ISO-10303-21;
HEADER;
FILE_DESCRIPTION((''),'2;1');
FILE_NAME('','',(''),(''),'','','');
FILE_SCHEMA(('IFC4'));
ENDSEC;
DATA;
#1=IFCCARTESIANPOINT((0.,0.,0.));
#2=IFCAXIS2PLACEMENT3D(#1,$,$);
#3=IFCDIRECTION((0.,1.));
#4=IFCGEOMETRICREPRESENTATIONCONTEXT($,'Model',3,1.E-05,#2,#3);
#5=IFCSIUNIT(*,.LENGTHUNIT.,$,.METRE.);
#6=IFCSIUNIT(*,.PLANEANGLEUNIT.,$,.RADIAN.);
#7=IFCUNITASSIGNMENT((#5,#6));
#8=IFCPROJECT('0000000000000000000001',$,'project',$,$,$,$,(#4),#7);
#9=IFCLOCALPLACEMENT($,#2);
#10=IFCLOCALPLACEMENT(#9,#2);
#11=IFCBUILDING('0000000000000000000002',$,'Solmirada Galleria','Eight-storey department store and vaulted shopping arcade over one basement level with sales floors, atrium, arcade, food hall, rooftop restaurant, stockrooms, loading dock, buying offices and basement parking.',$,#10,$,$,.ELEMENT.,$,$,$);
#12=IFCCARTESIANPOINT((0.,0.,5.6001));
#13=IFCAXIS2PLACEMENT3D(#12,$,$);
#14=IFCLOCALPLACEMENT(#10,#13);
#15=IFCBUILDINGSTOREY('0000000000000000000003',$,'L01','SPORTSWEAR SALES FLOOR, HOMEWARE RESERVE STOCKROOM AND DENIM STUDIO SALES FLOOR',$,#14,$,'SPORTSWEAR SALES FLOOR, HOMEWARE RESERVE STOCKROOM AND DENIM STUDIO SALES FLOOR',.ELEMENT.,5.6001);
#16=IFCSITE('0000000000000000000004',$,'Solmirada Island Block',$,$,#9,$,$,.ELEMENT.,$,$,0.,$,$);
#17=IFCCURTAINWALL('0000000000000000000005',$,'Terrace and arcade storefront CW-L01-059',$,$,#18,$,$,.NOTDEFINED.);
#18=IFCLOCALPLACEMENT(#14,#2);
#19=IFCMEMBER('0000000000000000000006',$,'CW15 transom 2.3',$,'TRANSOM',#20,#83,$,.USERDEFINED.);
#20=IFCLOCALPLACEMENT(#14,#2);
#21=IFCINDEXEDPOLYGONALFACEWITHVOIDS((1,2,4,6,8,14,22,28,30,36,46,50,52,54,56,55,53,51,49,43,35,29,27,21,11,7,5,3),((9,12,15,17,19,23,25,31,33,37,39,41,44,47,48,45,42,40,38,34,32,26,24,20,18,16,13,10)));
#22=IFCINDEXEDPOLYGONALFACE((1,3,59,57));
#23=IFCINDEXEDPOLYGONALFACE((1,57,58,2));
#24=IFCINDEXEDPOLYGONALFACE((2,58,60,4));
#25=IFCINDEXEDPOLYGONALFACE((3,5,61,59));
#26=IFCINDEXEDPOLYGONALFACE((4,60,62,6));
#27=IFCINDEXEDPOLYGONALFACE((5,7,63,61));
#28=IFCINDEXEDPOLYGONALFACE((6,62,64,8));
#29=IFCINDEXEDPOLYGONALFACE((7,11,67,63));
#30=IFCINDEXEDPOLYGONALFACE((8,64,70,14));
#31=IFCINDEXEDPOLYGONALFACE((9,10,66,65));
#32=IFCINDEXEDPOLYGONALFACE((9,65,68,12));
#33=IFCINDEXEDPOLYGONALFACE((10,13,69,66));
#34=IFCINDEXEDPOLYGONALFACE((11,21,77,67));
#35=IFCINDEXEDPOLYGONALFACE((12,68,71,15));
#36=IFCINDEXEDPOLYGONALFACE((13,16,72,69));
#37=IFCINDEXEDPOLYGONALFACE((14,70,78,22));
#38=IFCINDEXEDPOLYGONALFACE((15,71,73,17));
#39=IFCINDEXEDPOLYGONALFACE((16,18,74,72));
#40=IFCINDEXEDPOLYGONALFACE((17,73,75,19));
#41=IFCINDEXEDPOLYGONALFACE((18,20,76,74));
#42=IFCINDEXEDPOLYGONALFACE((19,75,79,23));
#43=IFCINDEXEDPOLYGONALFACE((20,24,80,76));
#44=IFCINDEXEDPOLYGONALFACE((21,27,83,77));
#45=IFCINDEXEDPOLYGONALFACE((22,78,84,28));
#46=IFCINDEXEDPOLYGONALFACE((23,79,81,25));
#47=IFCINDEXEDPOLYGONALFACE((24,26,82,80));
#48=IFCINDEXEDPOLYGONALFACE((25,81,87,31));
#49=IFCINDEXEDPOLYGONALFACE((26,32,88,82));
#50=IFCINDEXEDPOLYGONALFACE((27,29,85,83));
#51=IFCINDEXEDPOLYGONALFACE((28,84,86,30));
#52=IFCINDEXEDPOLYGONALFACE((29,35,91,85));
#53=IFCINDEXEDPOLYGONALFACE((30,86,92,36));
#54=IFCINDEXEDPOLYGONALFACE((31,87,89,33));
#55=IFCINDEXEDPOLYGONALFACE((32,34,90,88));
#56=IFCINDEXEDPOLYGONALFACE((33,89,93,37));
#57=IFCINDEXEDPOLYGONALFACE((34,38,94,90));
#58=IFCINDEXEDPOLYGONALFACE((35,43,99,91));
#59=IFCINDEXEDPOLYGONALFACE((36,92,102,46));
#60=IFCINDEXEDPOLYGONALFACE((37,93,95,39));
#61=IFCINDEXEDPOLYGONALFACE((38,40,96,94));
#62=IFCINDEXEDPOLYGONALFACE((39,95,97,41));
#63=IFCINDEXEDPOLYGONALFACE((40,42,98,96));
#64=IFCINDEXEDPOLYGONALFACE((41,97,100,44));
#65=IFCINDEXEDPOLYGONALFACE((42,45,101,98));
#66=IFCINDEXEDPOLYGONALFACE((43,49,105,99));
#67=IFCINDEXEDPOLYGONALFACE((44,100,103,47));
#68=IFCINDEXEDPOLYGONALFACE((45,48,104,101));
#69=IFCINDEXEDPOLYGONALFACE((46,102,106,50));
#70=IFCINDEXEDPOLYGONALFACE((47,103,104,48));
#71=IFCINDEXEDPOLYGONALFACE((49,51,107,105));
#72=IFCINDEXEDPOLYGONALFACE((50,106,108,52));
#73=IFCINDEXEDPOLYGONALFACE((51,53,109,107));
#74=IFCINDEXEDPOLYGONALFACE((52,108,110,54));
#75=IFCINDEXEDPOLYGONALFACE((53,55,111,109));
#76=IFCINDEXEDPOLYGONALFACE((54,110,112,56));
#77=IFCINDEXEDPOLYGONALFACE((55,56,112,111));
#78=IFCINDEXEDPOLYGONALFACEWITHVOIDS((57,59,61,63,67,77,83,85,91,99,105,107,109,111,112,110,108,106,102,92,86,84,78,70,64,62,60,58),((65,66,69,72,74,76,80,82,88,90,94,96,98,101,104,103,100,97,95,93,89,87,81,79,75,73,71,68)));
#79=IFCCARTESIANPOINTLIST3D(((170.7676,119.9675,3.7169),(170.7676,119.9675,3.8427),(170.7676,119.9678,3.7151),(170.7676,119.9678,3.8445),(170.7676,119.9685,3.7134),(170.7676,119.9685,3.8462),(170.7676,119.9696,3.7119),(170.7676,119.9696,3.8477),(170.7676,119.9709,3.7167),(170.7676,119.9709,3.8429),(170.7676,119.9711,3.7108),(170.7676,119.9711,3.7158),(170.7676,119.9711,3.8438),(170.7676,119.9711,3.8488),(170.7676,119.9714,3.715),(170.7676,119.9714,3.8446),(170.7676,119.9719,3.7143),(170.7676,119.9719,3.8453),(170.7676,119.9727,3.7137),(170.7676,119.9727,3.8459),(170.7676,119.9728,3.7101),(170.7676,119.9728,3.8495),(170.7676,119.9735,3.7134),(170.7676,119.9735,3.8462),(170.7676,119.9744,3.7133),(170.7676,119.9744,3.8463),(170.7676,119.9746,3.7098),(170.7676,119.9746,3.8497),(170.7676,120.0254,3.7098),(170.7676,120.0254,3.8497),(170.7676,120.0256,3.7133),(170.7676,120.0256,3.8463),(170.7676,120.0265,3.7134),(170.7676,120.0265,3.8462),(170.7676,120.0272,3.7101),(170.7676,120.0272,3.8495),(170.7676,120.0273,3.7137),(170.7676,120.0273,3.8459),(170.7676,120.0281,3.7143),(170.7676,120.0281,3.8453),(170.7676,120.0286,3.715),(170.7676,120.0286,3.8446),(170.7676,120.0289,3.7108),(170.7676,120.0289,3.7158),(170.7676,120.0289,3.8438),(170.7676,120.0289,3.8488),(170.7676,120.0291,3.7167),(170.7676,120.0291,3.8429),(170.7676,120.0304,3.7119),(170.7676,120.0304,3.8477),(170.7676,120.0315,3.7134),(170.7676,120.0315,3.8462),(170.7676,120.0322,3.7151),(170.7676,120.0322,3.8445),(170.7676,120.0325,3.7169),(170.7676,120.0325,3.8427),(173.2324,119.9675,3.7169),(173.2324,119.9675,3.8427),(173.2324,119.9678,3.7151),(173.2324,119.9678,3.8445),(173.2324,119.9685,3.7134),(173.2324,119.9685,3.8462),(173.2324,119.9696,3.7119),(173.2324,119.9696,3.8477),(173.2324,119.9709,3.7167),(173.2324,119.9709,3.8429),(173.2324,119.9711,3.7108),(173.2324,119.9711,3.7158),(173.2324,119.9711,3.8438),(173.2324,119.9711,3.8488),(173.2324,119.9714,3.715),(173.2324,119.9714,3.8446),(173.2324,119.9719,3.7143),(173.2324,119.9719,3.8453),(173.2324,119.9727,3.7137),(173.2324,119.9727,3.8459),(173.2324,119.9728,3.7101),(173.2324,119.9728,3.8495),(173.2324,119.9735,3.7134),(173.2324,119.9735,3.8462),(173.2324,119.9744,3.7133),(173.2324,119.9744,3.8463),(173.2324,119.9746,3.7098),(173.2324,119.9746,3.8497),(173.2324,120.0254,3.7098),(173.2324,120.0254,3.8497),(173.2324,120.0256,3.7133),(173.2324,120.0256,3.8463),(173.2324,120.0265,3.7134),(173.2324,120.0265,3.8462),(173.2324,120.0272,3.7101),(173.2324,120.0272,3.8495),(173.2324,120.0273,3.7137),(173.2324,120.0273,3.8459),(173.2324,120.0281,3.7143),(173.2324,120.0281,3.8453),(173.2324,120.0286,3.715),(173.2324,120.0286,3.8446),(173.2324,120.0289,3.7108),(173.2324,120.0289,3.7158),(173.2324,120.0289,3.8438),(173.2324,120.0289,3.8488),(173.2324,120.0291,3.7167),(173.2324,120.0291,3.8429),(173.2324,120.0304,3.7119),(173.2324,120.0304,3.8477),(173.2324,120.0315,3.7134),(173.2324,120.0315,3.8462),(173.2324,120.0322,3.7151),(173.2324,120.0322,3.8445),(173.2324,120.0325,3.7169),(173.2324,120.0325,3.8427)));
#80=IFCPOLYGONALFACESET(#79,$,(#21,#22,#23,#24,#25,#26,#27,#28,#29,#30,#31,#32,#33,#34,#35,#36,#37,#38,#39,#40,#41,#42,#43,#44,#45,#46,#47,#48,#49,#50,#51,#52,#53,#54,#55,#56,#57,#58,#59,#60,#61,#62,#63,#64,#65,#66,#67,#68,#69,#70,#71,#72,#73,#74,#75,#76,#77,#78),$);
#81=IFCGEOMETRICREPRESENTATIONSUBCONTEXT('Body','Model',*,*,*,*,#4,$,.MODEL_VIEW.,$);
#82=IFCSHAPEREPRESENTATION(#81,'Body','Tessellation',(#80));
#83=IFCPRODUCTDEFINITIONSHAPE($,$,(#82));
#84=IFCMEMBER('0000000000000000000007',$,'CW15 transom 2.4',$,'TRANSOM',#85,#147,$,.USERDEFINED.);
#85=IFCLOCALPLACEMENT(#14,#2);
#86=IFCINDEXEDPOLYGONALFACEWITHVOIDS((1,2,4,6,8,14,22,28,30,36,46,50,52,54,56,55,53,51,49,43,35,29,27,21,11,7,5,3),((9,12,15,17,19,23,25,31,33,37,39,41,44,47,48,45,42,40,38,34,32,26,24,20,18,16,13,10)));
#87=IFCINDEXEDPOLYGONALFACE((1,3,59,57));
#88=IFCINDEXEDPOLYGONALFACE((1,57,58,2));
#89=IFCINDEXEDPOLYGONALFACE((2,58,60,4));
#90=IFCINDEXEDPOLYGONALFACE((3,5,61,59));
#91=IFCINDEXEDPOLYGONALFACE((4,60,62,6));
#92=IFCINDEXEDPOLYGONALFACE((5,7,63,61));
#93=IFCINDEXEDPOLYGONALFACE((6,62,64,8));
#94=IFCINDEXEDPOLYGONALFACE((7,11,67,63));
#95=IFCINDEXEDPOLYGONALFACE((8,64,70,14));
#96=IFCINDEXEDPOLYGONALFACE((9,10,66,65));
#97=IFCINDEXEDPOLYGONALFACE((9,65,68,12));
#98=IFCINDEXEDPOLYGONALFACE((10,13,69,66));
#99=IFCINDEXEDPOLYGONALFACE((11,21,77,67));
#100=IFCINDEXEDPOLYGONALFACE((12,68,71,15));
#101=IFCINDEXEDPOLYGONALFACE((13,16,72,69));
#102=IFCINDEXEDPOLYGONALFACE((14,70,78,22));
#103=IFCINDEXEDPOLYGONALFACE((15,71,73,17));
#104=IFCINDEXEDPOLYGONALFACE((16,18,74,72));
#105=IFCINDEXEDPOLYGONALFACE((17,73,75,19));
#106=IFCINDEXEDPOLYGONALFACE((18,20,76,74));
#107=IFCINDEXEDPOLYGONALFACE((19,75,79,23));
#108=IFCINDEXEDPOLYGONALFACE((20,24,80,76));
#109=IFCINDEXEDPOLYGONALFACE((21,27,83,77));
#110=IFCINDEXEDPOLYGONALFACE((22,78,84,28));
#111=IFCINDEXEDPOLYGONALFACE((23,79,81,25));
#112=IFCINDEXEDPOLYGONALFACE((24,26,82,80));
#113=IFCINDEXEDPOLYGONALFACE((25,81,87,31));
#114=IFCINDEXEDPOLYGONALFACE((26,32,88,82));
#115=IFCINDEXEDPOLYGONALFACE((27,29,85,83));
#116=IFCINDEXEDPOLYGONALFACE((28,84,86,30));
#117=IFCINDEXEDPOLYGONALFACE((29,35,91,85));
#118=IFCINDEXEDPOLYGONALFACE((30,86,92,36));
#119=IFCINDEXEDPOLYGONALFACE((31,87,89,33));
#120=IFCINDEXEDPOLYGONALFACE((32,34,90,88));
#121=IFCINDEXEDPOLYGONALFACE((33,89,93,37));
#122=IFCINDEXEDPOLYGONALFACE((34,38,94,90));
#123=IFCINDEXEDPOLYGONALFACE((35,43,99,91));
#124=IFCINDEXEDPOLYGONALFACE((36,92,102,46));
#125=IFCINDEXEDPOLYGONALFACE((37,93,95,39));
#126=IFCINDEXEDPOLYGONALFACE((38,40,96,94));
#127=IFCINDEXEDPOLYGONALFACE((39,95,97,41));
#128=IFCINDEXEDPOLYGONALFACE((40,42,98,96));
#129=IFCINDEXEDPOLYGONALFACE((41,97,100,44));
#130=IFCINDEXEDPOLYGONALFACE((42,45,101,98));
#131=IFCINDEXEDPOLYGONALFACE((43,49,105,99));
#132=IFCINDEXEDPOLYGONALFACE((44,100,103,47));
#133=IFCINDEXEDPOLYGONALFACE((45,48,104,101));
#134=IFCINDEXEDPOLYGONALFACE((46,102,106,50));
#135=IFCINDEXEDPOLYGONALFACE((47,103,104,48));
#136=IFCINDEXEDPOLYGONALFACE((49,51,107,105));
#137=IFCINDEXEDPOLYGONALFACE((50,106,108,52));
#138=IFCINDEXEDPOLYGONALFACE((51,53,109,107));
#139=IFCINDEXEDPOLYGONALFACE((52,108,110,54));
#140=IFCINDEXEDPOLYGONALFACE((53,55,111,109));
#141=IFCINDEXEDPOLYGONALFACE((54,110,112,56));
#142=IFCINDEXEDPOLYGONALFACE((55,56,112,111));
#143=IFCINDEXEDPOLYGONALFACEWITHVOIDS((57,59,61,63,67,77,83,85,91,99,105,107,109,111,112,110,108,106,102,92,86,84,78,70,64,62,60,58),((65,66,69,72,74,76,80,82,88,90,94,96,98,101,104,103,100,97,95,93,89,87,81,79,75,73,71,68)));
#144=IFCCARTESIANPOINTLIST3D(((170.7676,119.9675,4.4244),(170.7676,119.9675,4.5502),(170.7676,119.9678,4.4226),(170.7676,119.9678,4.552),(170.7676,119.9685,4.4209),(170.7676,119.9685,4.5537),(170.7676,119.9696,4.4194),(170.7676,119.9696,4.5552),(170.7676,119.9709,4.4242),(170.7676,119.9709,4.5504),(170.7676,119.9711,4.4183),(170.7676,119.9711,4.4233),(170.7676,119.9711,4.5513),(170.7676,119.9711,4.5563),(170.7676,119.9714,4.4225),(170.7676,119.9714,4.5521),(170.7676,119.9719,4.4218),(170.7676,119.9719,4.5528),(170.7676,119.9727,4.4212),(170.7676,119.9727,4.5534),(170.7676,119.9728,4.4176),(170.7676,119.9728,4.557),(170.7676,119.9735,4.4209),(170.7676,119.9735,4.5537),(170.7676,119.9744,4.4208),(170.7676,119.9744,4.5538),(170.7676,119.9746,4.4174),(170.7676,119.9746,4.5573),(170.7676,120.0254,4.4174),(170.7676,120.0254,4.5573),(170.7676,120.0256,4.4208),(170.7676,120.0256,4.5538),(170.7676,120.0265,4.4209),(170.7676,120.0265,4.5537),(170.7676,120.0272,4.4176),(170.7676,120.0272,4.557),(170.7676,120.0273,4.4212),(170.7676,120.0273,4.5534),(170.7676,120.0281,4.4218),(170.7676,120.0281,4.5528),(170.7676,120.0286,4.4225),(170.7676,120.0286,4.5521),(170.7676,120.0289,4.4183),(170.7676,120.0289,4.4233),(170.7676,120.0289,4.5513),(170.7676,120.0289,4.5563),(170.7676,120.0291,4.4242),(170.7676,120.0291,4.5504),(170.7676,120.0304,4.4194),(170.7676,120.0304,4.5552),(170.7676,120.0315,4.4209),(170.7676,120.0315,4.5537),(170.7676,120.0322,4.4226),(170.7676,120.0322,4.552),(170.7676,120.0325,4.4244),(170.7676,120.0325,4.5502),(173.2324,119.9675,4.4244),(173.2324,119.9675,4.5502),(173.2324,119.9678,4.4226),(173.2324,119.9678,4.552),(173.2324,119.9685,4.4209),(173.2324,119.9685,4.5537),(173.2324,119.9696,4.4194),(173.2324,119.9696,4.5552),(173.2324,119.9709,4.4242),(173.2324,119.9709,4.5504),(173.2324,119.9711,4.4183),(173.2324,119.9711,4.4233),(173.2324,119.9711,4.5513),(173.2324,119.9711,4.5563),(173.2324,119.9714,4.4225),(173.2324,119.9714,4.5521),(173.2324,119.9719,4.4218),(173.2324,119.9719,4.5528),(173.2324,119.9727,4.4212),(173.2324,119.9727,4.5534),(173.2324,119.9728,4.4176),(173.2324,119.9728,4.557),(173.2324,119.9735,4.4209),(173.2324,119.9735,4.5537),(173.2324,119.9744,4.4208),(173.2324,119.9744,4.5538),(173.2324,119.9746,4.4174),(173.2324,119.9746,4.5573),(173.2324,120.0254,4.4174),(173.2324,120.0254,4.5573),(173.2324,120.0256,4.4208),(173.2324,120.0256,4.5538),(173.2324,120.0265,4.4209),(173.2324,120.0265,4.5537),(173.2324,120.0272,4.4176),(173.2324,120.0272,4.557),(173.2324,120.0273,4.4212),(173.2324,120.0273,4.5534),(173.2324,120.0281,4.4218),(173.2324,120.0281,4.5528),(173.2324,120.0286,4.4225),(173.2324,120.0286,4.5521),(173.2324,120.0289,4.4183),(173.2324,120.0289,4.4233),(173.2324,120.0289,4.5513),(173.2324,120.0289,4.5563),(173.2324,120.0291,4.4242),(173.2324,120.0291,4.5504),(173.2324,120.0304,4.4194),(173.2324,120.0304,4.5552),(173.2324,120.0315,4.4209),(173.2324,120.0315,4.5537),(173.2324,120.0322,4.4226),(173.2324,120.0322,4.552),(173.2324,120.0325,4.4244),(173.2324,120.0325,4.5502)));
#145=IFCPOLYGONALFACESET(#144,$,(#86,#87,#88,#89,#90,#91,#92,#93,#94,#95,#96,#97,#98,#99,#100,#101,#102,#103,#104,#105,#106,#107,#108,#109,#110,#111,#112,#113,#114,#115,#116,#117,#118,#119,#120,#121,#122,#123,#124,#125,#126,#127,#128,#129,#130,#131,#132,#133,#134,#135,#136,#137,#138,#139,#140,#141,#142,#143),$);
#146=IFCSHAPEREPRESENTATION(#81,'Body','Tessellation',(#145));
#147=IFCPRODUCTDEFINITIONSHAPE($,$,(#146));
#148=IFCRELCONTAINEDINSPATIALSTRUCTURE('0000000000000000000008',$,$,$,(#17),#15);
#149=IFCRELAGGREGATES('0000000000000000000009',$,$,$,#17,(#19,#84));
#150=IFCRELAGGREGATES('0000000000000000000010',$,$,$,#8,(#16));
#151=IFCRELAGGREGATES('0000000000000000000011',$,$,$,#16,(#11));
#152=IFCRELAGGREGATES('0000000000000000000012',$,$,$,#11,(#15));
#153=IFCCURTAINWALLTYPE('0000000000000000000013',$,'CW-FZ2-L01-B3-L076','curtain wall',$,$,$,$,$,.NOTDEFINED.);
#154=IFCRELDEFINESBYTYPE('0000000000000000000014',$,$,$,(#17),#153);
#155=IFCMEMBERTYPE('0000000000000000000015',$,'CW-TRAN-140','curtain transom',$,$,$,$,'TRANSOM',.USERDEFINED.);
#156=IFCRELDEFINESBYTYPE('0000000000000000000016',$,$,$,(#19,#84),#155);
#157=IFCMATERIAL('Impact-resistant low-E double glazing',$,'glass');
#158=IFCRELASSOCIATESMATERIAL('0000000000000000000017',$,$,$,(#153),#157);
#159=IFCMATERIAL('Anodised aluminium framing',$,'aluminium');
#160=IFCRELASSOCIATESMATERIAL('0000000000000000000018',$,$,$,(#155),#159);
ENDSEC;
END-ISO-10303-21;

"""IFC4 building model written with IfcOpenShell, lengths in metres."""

from ifc_helpers import new_model, si_unit, direction, frame, origin, origin_2d, place, context, subcontext, project, spatial, hollow_rectangle, extrude, material, material_profile, profile_set, type_object, element, aggregate, save


model = new_model("IFC4")

# Units and contexts
model_context = context("Model", 3, precision=1e-05, world=origin(), true_north=direction((0.0, 1.0)))
body_context = subcontext(model_context, "Body", "Model", "MODEL_VIEW")
ifc_project = project(units=[si_unit("LENGTHUNIT", "METRE"), si_unit("PLANEANGLEUNIT", "RADIAN")], contexts=[model_context])

# Site, building, storey
site_placement = place(None, origin())
site = spatial("IfcSite", under=ifc_project, at=site_placement, Name="Solmirada Island Block", CompositionType="ELEMENT", RefElevation=0.0)
building_placement = place(site_placement, origin())
building = spatial("IfcBuilding", under=site, at=building_placement, Name="Solmirada Galleria", Description="Eight-storey department store and vaulted shopping arcade over one basement level with sales floors, atrium, arcade, food hall, rooftop restaurant, stockrooms, loading dock, buying offices and basement parking.", CompositionType="ELEMENT")
storey_placement = place(building_placement, frame((0.0, 0.0, 5.6001)))
storey = spatial("IfcBuildingStorey", under=building, at=storey_placement, Name="L01", Description="SPORTSWEAR SALES FLOOR, HOMEWARE RESERVE STOCKROOM AND DENIM STUDIO SALES FLOOR", LongName="SPORTSWEAR SALES FLOOR, HOMEWARE RESERVE STOCKROOM AND DENIM STUDIO SALES FLOOR", CompositionType="ELEMENT", Elevation=5.6001)

# Curtain wall
ifc_material_1 = material(Name="Impact-resistant low-E double glazing", Category="glass")
curtain_wall_type = type_object("IfcCurtainWallType", Name="CW-FZ2-L01-B3-L076", Description="curtain wall", PredefinedType="NOTDEFINED", material=ifc_material_1)
curtain_wall_1_placement = place(storey_placement, origin())
curtain_wall_1 = element("IfcCurtainWall", 1, at=curtain_wall_1_placement, inside=storey, type_object=curtain_wall_type, Name="Terrace and arcade storefront CW-L01-059", PredefinedType="NOTDEFINED")
ifc_material_2 = material(Name="Anodised aluminium framing", Category="aluminium")

# Members
ifc_material_profile_1 = material_profile(ifc_material_2, hollow_rectangle(XDim=0.0649, YDim=0.1399, WallThickness=0.0034, InnerFilletRadius=0.0034, OuterFilletRadius=0.0071, at=origin_2d()), Name="ALU-TRAN-140X65")
ifc_profile_set_1 = profile_set([ifc_material_profile_1], Name="Anodised aluminium framing")
member_type_1 = type_object("IfcMemberType", Name="CW-TRAN-140", Description="curtain transom", ElementType="TRANSOM", PredefinedType="USERDEFINED", material=ifc_profile_set_1)
member_1_placement = place(storey_placement, frame((170.7676, 120.0, 3.7798), z_axis=(1.0, 0.0, 0.0), x_axis=(0.0, 1.0, 0.0)))
member_1 = element("IfcMember", 2, at=member_1_placement, type_object=member_type_1, Name="CW15 transom 2.3", ObjectType="TRANSOM", PredefinedType="USERDEFINED", context=body_context, shape_type="SweptSolid", body=[
    extrude(hollow_rectangle(XDim=0.0649, YDim=0.1399, WallThickness=0.0034, InnerFilletRadius=0.0034, OuterFilletRadius=0.0071, at=origin_2d()), origin(), (0.0, 0.0, 1.0), 2.4648),
])
member_2_placement = place(storey_placement, frame((170.7676, 120.0, 4.4873), z_axis=(1.0, 0.0, 0.0), x_axis=(0.0, 1.0, 0.0)))
member_2 = element("IfcMember", 3, at=member_2_placement, type_object=member_type_1, Name="CW15 transom 2.4", ObjectType="TRANSOM", PredefinedType="USERDEFINED", context=body_context, shape_type="SweptSolid", body=[
    extrude(hollow_rectangle(XDim=0.0649, YDim=0.1399, WallThickness=0.0034, InnerFilletRadius=0.0034, OuterFilletRadius=0.0071, at=origin_2d()), origin(), (0.0, 0.0, 1.0), 2.4648),
])

aggregate(curtain_wall_1, [member_1, member_2])

save(model, "model.ifc")
